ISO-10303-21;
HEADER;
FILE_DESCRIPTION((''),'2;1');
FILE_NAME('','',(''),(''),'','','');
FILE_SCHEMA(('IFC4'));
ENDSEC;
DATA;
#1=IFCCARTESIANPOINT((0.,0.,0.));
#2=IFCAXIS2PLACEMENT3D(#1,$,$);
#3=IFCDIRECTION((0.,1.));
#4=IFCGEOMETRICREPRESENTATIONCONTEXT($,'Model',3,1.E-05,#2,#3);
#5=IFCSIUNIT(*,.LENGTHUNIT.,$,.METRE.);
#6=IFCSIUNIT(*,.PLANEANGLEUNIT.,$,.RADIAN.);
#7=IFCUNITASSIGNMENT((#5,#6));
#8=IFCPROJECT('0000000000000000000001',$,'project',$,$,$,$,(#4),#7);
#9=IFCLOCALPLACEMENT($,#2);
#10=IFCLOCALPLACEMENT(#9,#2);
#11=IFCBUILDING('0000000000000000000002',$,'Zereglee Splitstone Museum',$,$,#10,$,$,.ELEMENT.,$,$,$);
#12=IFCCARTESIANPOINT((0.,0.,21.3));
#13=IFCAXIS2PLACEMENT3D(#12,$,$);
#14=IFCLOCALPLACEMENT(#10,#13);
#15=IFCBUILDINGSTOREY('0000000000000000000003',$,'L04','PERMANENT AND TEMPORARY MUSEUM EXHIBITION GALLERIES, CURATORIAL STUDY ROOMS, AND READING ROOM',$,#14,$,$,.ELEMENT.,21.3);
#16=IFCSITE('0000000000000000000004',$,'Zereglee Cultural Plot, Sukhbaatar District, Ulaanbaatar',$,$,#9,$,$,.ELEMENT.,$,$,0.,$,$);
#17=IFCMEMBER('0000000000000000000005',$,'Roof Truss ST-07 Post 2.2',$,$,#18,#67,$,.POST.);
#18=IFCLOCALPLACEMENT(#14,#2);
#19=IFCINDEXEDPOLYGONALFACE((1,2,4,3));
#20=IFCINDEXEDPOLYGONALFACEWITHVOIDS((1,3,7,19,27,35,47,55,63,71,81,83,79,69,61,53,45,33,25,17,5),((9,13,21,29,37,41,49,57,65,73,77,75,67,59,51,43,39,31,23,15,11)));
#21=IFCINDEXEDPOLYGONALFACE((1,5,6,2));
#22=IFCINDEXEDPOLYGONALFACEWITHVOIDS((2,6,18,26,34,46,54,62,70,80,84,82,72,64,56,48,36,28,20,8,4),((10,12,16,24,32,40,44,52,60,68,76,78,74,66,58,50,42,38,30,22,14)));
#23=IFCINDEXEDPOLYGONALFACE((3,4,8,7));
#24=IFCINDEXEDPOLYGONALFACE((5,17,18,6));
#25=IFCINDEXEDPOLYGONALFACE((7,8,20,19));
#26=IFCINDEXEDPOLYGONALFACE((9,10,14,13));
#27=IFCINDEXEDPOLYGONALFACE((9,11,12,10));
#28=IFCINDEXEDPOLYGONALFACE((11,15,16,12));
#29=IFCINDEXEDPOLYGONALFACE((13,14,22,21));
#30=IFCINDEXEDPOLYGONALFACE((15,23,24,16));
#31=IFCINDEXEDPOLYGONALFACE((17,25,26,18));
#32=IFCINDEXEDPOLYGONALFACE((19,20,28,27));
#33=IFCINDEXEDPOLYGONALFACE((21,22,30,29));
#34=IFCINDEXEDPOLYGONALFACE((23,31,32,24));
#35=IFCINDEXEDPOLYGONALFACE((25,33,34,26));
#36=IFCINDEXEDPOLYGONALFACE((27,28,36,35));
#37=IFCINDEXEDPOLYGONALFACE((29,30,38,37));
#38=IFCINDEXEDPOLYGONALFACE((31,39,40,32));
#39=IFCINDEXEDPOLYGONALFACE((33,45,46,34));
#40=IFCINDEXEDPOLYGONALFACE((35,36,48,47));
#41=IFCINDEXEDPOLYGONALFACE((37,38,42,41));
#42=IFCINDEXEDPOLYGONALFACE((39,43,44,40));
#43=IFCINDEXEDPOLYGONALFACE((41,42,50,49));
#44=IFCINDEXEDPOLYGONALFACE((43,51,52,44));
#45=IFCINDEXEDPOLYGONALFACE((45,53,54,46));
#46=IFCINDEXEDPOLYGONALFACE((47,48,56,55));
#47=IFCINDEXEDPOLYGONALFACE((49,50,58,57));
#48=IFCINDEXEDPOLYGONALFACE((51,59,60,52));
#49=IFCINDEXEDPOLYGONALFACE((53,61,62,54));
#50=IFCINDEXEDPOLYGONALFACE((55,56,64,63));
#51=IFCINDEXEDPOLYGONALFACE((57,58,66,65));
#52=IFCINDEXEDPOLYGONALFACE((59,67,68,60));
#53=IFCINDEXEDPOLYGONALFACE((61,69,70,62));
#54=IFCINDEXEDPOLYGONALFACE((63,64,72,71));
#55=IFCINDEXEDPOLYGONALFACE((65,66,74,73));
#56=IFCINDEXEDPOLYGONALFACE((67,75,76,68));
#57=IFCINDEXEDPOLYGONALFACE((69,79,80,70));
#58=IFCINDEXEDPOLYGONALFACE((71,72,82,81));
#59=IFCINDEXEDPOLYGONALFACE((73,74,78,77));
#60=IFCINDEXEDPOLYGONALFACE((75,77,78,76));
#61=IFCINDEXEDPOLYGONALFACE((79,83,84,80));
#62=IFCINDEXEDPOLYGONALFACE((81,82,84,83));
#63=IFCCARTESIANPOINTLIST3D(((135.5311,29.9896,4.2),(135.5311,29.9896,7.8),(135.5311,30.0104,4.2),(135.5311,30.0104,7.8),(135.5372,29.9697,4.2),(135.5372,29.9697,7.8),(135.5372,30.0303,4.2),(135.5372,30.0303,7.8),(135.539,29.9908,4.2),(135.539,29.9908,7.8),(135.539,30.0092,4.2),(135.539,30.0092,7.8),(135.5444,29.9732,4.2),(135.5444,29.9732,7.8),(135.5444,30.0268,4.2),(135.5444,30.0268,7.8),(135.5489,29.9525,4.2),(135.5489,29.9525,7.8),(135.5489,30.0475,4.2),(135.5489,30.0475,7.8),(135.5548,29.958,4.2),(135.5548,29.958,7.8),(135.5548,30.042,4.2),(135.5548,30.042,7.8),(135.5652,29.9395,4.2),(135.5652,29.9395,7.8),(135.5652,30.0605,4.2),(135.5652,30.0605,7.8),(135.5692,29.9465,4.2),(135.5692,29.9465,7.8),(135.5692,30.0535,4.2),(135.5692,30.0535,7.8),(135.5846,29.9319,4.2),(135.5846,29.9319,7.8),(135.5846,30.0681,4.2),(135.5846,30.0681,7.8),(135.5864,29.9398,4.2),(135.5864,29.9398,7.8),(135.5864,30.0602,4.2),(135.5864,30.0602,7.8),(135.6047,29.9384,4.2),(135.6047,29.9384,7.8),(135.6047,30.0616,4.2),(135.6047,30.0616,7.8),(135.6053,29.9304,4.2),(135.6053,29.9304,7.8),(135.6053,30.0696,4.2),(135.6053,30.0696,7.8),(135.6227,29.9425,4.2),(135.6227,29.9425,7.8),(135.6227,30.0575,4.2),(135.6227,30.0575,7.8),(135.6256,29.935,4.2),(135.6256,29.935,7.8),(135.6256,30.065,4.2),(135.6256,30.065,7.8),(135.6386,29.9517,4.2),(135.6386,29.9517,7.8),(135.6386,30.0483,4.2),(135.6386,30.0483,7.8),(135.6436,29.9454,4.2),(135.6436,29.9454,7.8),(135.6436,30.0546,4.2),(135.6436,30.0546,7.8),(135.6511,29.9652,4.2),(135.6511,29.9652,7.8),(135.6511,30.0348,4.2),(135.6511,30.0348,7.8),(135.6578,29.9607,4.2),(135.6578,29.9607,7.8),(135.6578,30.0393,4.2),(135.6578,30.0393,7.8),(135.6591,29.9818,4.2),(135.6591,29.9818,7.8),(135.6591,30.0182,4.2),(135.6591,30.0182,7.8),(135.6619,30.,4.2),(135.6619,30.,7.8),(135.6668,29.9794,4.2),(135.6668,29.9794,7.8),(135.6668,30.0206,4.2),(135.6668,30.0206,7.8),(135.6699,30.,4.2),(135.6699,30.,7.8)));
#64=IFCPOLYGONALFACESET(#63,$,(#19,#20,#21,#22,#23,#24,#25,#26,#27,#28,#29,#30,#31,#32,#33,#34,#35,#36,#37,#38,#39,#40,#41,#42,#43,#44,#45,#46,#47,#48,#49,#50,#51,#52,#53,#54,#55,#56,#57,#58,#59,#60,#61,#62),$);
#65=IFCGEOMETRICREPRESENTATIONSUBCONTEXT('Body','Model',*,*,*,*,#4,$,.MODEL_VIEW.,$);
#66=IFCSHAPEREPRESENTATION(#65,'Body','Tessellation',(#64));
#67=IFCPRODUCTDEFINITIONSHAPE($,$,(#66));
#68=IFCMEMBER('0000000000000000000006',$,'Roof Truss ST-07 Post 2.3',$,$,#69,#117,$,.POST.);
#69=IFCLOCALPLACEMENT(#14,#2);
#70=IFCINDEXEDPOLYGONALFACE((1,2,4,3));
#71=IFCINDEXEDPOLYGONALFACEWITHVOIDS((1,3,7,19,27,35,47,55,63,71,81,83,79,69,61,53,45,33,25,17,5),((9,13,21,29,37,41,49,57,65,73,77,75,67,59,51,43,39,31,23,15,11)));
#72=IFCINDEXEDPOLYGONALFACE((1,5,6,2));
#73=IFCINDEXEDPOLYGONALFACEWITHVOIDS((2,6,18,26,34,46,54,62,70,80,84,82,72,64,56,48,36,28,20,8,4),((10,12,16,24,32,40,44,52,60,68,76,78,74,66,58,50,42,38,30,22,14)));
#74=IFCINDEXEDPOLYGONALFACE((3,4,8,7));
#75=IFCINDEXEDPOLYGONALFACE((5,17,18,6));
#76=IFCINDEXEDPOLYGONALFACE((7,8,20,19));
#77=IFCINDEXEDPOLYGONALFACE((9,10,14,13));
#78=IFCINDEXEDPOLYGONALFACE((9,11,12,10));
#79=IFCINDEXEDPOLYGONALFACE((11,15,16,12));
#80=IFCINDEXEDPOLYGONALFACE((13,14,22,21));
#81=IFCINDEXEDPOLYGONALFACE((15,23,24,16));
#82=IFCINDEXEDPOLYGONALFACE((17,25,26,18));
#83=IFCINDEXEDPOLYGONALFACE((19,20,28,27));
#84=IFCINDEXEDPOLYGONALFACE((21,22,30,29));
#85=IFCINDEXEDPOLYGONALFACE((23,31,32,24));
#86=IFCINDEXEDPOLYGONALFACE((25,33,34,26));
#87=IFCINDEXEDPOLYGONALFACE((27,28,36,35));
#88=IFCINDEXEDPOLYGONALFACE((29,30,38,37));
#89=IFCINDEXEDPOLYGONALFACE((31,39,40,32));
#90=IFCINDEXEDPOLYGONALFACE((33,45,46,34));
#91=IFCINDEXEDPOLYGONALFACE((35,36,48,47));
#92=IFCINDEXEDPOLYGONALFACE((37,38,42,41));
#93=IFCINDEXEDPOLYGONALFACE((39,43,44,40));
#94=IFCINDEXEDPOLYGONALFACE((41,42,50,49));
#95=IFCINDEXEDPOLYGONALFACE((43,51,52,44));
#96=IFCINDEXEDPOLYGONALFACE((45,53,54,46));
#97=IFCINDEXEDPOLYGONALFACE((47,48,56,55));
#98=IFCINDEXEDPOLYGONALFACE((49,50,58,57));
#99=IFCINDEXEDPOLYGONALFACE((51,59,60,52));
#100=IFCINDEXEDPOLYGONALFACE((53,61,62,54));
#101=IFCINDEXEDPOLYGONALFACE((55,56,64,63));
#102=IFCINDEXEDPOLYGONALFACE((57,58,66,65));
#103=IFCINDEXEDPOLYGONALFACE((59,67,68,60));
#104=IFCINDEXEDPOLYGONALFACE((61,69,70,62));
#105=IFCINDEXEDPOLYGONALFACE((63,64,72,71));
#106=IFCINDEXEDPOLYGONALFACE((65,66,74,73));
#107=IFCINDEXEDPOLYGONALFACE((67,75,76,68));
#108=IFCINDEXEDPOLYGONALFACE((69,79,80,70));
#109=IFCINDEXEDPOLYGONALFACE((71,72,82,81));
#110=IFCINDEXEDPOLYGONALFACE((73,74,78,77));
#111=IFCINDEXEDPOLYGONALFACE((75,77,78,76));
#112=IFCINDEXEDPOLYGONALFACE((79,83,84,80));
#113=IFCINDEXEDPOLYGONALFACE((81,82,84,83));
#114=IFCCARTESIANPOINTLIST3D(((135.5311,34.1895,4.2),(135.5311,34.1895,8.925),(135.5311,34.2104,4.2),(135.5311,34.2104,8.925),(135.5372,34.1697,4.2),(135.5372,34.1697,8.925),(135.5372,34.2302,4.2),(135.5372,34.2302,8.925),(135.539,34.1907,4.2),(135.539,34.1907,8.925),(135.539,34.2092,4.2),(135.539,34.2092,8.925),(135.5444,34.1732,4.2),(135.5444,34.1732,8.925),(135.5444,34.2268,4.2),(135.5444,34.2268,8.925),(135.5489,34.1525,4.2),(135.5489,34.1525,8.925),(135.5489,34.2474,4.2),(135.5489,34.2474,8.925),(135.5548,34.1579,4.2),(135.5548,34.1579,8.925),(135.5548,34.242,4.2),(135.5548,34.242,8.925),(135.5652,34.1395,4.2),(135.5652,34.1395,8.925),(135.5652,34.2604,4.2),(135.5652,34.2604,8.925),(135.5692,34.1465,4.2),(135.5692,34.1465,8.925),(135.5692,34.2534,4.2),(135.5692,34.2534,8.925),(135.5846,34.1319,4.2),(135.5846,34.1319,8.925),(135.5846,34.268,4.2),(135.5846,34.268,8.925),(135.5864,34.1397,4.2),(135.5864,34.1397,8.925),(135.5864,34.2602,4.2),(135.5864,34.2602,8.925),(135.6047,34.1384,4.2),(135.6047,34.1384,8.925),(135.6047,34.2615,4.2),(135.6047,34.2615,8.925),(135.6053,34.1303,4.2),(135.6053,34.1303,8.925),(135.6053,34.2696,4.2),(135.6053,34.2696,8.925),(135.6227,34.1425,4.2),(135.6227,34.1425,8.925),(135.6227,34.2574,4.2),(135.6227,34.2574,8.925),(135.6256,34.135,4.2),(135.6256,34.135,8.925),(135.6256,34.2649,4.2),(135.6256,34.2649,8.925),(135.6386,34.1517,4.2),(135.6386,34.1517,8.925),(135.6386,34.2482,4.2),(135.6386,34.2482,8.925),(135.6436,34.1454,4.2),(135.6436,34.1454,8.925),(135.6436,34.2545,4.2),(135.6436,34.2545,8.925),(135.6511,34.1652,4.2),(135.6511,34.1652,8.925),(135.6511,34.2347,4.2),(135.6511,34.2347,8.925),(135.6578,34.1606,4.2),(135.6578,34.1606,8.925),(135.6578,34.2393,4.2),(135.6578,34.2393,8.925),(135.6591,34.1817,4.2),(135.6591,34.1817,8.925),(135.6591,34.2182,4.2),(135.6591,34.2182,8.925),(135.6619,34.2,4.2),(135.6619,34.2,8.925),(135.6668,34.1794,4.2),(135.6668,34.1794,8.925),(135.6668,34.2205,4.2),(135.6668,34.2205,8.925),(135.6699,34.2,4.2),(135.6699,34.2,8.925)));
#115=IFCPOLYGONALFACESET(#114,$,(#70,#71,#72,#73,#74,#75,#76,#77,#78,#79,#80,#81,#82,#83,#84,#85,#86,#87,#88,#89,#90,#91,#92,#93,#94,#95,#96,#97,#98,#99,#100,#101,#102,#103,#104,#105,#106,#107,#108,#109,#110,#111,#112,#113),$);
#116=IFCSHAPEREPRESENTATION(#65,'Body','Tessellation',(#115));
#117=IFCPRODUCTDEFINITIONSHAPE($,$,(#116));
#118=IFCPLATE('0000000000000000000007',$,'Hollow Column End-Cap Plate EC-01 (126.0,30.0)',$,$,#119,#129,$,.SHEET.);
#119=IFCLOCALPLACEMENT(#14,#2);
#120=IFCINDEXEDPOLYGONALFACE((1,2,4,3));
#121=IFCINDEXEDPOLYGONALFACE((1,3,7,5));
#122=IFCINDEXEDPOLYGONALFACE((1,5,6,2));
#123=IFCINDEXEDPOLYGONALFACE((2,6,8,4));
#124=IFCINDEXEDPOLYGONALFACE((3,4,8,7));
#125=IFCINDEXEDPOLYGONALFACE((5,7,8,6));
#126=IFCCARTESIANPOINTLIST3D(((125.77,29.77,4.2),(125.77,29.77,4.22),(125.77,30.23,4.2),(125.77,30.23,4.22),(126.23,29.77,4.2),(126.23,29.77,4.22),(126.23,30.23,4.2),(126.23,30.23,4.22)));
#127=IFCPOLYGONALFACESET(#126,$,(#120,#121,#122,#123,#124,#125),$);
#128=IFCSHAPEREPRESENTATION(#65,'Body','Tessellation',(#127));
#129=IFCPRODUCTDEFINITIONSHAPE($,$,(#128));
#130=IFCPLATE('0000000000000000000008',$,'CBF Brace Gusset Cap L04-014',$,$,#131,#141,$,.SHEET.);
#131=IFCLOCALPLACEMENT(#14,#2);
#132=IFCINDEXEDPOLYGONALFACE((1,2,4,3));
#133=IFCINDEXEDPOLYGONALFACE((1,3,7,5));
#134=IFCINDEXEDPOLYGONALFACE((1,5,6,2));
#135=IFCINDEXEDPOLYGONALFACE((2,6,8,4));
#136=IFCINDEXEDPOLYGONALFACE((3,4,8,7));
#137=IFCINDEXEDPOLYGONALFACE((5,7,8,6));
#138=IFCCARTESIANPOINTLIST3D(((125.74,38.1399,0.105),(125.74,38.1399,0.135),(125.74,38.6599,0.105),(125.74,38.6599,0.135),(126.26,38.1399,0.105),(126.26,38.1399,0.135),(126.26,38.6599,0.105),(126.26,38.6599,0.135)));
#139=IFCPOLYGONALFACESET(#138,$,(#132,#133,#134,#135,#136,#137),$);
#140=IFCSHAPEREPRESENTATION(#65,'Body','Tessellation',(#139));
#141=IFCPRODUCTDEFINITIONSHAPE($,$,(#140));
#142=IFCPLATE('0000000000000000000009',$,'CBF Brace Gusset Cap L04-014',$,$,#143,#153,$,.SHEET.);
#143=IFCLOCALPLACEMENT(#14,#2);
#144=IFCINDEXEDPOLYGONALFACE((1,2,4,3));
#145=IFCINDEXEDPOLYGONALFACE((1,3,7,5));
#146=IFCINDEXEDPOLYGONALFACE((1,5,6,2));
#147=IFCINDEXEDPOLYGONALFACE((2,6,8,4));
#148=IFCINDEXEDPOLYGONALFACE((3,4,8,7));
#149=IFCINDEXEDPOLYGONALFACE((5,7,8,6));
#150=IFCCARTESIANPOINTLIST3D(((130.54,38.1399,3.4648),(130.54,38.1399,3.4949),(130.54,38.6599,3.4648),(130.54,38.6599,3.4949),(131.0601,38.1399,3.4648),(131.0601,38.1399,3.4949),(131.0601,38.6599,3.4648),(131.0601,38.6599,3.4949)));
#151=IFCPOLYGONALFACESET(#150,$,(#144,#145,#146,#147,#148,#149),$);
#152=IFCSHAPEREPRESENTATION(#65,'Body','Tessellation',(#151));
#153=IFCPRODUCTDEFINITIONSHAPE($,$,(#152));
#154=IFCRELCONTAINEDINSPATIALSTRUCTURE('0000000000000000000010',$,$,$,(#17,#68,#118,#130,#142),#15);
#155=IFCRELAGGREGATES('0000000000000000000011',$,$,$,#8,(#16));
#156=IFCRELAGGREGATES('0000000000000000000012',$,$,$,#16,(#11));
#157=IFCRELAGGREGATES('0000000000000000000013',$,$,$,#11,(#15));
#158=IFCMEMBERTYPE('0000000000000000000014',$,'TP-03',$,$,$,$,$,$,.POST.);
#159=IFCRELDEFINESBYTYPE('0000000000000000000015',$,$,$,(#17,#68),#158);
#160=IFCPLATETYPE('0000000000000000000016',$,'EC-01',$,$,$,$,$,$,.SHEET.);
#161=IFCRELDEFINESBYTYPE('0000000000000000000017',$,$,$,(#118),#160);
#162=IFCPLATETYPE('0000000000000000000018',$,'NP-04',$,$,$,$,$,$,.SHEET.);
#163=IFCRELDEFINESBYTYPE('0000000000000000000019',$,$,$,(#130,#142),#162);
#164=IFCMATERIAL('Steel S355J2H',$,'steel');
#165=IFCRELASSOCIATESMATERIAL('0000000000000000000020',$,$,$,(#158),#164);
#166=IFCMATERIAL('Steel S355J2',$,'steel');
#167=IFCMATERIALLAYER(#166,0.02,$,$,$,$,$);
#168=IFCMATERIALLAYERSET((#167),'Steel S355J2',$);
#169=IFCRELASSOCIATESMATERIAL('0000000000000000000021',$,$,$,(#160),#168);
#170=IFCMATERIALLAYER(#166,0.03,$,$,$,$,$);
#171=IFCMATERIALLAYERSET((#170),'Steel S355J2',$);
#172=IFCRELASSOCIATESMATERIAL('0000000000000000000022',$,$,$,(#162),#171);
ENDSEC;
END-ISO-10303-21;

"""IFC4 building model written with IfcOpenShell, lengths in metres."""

from ifc_helpers import new_model, si_unit, direction, frame, origin, origin_2d, place, context, subcontext, project, spatial, rectangle, hollow_circle, extrude, material, layer, layer_set, material_profile, profile_set, type_object, element, save


model = new_model("IFC4")

# Units and contexts
model_context = context("Model", 3, precision=1e-05, world=origin(), true_north=direction((0.0, 1.0)))
body_context = subcontext(model_context, "Body", "Model", "MODEL_VIEW")
ifc_project = project(units=[si_unit("LENGTHUNIT", "METRE"), si_unit("PLANEANGLEUNIT", "RADIAN")], contexts=[model_context])

# Site, building, storey
site_placement = place(None, origin())
site = spatial("IfcSite", under=ifc_project, at=site_placement, Name="Zereglee Cultural Plot, Sukhbaatar District, Ulaanbaatar", CompositionType="ELEMENT", RefElevation=0.0)
building_placement = place(site_placement, origin())
building = spatial("IfcBuilding", under=site, at=building_placement, Name="Zereglee Splitstone Museum", CompositionType="ELEMENT")
storey_placement = place(building_placement, frame((0.0, 0.0, 21.3)))
storey = spatial("IfcBuildingStorey", under=building, at=storey_placement, Name="L04", Description="PERMANENT AND TEMPORARY MUSEUM EXHIBITION GALLERIES, CURATORIAL STUDY ROOMS, AND READING ROOM", CompositionType="ELEMENT", Elevation=21.3)

# Shared definitions
ifc_material_1 = material(Name="Steel S355J2", Category="steel")
ifc_material_2 = material(Name="Steel S355J2H", Category="steel")

# Members
ifc_material_profile_1 = material_profile(ifc_material_2, hollow_circle(Radius=0.0698, WallThickness=0.0081, at=origin_2d()), Name="CHS 139.7x8")
ifc_profile_set_1 = profile_set([ifc_material_profile_1], Name="Steel S355J2H")
member_type_1 = type_object("IfcMemberType", Name="TP-03", PredefinedType="POST", material=ifc_profile_set_1)
member_1_placement = place(storey_placement, frame((135.6001, 30.0, 4.2), z_axis=(0.0, 0.0, 1.0), x_axis=(1.0, 0.0, 0.0)))
element("IfcMember", 1, at=member_1_placement, inside=storey, type_object=member_type_1, Name="Roof Truss ST-07 Post 2.2", PredefinedType="POST", context=body_context, shape_type="SweptSolid", body=[
    extrude(hollow_circle(Radius=0.0698, WallThickness=0.0081, at=origin_2d()), origin(), (0.0, 0.0, 1.0), 3.6001),
])
member_2_placement = place(storey_placement, frame((135.6001, 34.2, 4.2), z_axis=(0.0, 0.0, 1.0), x_axis=(1.0, 0.0, 0.0)))
element("IfcMember", 2, at=member_2_placement, inside=storey, type_object=member_type_1, Name="Roof Truss ST-07 Post 2.3", PredefinedType="POST", context=body_context, shape_type="SweptSolid", body=[
    extrude(hollow_circle(Radius=0.0698, WallThickness=0.0081, at=origin_2d()), origin(), (0.0, 0.0, 1.0), 4.7251),
])

# Plates
ifc_layer_1 = layer(ifc_material_1, 0.02)
ifc_layer_set_1 = layer_set([ifc_layer_1], Name="Steel S355J2")
plate_type_1 = type_object("IfcPlateType", Name="EC-01", PredefinedType="SHEET", material=ifc_layer_set_1)
plate_placement = place(storey_placement, frame((126.0, 30.0, 4.2), z_axis=(0.0, 0.0, 1.0), x_axis=(1.0, 0.0, 0.0)))
element("IfcPlate", 3, at=plate_placement, inside=storey, type_object=plate_type_1, Name="Hollow Column End-Cap Plate EC-01 (126.0,30.0)", PredefinedType="SHEET", context=body_context, shape_type="SweptSolid", body=[
    extrude(rectangle(XDim=0.46, YDim=0.46, at=origin_2d()), origin(), (0.0, 0.0, 1.0), 0.02),
])
ifc_layer_2 = layer(ifc_material_1, 0.03)
ifc_layer_set_2 = layer_set([ifc_layer_2], Name="Steel S355J2")
plate_type_2 = type_object("IfcPlateType", Name="NP-04", PredefinedType="SHEET", material=ifc_layer_set_2)
for number, where, z_axis, x_axis, name in (
    (4, (126.0, 38.3999, 0.105), (0.0, 0.0, 1.0), (1.0, 0.0, 0.0), "CBF Brace Gusset Cap L04-014"),
    (5, (130.8, 38.3999, 3.4648), (0.0, 0.0, 1.0), (1.0, 0.0, 0.0), "CBF Brace Gusset Cap L04-014"),
):
    element("IfcPlate", number, at=place(storey_placement, frame(where, z_axis=z_axis, x_axis=x_axis)), inside=storey, type_object=plate_type_2, Name=name, PredefinedType="SHEET", context=body_context, shape_type="SweptSolid", body=[
        extrude(rectangle(XDim=0.52, YDim=0.52, at=origin_2d()), origin(), (0.0, 0.0, 1.0), 0.03),
    ])

save(model, "model.ifc")
